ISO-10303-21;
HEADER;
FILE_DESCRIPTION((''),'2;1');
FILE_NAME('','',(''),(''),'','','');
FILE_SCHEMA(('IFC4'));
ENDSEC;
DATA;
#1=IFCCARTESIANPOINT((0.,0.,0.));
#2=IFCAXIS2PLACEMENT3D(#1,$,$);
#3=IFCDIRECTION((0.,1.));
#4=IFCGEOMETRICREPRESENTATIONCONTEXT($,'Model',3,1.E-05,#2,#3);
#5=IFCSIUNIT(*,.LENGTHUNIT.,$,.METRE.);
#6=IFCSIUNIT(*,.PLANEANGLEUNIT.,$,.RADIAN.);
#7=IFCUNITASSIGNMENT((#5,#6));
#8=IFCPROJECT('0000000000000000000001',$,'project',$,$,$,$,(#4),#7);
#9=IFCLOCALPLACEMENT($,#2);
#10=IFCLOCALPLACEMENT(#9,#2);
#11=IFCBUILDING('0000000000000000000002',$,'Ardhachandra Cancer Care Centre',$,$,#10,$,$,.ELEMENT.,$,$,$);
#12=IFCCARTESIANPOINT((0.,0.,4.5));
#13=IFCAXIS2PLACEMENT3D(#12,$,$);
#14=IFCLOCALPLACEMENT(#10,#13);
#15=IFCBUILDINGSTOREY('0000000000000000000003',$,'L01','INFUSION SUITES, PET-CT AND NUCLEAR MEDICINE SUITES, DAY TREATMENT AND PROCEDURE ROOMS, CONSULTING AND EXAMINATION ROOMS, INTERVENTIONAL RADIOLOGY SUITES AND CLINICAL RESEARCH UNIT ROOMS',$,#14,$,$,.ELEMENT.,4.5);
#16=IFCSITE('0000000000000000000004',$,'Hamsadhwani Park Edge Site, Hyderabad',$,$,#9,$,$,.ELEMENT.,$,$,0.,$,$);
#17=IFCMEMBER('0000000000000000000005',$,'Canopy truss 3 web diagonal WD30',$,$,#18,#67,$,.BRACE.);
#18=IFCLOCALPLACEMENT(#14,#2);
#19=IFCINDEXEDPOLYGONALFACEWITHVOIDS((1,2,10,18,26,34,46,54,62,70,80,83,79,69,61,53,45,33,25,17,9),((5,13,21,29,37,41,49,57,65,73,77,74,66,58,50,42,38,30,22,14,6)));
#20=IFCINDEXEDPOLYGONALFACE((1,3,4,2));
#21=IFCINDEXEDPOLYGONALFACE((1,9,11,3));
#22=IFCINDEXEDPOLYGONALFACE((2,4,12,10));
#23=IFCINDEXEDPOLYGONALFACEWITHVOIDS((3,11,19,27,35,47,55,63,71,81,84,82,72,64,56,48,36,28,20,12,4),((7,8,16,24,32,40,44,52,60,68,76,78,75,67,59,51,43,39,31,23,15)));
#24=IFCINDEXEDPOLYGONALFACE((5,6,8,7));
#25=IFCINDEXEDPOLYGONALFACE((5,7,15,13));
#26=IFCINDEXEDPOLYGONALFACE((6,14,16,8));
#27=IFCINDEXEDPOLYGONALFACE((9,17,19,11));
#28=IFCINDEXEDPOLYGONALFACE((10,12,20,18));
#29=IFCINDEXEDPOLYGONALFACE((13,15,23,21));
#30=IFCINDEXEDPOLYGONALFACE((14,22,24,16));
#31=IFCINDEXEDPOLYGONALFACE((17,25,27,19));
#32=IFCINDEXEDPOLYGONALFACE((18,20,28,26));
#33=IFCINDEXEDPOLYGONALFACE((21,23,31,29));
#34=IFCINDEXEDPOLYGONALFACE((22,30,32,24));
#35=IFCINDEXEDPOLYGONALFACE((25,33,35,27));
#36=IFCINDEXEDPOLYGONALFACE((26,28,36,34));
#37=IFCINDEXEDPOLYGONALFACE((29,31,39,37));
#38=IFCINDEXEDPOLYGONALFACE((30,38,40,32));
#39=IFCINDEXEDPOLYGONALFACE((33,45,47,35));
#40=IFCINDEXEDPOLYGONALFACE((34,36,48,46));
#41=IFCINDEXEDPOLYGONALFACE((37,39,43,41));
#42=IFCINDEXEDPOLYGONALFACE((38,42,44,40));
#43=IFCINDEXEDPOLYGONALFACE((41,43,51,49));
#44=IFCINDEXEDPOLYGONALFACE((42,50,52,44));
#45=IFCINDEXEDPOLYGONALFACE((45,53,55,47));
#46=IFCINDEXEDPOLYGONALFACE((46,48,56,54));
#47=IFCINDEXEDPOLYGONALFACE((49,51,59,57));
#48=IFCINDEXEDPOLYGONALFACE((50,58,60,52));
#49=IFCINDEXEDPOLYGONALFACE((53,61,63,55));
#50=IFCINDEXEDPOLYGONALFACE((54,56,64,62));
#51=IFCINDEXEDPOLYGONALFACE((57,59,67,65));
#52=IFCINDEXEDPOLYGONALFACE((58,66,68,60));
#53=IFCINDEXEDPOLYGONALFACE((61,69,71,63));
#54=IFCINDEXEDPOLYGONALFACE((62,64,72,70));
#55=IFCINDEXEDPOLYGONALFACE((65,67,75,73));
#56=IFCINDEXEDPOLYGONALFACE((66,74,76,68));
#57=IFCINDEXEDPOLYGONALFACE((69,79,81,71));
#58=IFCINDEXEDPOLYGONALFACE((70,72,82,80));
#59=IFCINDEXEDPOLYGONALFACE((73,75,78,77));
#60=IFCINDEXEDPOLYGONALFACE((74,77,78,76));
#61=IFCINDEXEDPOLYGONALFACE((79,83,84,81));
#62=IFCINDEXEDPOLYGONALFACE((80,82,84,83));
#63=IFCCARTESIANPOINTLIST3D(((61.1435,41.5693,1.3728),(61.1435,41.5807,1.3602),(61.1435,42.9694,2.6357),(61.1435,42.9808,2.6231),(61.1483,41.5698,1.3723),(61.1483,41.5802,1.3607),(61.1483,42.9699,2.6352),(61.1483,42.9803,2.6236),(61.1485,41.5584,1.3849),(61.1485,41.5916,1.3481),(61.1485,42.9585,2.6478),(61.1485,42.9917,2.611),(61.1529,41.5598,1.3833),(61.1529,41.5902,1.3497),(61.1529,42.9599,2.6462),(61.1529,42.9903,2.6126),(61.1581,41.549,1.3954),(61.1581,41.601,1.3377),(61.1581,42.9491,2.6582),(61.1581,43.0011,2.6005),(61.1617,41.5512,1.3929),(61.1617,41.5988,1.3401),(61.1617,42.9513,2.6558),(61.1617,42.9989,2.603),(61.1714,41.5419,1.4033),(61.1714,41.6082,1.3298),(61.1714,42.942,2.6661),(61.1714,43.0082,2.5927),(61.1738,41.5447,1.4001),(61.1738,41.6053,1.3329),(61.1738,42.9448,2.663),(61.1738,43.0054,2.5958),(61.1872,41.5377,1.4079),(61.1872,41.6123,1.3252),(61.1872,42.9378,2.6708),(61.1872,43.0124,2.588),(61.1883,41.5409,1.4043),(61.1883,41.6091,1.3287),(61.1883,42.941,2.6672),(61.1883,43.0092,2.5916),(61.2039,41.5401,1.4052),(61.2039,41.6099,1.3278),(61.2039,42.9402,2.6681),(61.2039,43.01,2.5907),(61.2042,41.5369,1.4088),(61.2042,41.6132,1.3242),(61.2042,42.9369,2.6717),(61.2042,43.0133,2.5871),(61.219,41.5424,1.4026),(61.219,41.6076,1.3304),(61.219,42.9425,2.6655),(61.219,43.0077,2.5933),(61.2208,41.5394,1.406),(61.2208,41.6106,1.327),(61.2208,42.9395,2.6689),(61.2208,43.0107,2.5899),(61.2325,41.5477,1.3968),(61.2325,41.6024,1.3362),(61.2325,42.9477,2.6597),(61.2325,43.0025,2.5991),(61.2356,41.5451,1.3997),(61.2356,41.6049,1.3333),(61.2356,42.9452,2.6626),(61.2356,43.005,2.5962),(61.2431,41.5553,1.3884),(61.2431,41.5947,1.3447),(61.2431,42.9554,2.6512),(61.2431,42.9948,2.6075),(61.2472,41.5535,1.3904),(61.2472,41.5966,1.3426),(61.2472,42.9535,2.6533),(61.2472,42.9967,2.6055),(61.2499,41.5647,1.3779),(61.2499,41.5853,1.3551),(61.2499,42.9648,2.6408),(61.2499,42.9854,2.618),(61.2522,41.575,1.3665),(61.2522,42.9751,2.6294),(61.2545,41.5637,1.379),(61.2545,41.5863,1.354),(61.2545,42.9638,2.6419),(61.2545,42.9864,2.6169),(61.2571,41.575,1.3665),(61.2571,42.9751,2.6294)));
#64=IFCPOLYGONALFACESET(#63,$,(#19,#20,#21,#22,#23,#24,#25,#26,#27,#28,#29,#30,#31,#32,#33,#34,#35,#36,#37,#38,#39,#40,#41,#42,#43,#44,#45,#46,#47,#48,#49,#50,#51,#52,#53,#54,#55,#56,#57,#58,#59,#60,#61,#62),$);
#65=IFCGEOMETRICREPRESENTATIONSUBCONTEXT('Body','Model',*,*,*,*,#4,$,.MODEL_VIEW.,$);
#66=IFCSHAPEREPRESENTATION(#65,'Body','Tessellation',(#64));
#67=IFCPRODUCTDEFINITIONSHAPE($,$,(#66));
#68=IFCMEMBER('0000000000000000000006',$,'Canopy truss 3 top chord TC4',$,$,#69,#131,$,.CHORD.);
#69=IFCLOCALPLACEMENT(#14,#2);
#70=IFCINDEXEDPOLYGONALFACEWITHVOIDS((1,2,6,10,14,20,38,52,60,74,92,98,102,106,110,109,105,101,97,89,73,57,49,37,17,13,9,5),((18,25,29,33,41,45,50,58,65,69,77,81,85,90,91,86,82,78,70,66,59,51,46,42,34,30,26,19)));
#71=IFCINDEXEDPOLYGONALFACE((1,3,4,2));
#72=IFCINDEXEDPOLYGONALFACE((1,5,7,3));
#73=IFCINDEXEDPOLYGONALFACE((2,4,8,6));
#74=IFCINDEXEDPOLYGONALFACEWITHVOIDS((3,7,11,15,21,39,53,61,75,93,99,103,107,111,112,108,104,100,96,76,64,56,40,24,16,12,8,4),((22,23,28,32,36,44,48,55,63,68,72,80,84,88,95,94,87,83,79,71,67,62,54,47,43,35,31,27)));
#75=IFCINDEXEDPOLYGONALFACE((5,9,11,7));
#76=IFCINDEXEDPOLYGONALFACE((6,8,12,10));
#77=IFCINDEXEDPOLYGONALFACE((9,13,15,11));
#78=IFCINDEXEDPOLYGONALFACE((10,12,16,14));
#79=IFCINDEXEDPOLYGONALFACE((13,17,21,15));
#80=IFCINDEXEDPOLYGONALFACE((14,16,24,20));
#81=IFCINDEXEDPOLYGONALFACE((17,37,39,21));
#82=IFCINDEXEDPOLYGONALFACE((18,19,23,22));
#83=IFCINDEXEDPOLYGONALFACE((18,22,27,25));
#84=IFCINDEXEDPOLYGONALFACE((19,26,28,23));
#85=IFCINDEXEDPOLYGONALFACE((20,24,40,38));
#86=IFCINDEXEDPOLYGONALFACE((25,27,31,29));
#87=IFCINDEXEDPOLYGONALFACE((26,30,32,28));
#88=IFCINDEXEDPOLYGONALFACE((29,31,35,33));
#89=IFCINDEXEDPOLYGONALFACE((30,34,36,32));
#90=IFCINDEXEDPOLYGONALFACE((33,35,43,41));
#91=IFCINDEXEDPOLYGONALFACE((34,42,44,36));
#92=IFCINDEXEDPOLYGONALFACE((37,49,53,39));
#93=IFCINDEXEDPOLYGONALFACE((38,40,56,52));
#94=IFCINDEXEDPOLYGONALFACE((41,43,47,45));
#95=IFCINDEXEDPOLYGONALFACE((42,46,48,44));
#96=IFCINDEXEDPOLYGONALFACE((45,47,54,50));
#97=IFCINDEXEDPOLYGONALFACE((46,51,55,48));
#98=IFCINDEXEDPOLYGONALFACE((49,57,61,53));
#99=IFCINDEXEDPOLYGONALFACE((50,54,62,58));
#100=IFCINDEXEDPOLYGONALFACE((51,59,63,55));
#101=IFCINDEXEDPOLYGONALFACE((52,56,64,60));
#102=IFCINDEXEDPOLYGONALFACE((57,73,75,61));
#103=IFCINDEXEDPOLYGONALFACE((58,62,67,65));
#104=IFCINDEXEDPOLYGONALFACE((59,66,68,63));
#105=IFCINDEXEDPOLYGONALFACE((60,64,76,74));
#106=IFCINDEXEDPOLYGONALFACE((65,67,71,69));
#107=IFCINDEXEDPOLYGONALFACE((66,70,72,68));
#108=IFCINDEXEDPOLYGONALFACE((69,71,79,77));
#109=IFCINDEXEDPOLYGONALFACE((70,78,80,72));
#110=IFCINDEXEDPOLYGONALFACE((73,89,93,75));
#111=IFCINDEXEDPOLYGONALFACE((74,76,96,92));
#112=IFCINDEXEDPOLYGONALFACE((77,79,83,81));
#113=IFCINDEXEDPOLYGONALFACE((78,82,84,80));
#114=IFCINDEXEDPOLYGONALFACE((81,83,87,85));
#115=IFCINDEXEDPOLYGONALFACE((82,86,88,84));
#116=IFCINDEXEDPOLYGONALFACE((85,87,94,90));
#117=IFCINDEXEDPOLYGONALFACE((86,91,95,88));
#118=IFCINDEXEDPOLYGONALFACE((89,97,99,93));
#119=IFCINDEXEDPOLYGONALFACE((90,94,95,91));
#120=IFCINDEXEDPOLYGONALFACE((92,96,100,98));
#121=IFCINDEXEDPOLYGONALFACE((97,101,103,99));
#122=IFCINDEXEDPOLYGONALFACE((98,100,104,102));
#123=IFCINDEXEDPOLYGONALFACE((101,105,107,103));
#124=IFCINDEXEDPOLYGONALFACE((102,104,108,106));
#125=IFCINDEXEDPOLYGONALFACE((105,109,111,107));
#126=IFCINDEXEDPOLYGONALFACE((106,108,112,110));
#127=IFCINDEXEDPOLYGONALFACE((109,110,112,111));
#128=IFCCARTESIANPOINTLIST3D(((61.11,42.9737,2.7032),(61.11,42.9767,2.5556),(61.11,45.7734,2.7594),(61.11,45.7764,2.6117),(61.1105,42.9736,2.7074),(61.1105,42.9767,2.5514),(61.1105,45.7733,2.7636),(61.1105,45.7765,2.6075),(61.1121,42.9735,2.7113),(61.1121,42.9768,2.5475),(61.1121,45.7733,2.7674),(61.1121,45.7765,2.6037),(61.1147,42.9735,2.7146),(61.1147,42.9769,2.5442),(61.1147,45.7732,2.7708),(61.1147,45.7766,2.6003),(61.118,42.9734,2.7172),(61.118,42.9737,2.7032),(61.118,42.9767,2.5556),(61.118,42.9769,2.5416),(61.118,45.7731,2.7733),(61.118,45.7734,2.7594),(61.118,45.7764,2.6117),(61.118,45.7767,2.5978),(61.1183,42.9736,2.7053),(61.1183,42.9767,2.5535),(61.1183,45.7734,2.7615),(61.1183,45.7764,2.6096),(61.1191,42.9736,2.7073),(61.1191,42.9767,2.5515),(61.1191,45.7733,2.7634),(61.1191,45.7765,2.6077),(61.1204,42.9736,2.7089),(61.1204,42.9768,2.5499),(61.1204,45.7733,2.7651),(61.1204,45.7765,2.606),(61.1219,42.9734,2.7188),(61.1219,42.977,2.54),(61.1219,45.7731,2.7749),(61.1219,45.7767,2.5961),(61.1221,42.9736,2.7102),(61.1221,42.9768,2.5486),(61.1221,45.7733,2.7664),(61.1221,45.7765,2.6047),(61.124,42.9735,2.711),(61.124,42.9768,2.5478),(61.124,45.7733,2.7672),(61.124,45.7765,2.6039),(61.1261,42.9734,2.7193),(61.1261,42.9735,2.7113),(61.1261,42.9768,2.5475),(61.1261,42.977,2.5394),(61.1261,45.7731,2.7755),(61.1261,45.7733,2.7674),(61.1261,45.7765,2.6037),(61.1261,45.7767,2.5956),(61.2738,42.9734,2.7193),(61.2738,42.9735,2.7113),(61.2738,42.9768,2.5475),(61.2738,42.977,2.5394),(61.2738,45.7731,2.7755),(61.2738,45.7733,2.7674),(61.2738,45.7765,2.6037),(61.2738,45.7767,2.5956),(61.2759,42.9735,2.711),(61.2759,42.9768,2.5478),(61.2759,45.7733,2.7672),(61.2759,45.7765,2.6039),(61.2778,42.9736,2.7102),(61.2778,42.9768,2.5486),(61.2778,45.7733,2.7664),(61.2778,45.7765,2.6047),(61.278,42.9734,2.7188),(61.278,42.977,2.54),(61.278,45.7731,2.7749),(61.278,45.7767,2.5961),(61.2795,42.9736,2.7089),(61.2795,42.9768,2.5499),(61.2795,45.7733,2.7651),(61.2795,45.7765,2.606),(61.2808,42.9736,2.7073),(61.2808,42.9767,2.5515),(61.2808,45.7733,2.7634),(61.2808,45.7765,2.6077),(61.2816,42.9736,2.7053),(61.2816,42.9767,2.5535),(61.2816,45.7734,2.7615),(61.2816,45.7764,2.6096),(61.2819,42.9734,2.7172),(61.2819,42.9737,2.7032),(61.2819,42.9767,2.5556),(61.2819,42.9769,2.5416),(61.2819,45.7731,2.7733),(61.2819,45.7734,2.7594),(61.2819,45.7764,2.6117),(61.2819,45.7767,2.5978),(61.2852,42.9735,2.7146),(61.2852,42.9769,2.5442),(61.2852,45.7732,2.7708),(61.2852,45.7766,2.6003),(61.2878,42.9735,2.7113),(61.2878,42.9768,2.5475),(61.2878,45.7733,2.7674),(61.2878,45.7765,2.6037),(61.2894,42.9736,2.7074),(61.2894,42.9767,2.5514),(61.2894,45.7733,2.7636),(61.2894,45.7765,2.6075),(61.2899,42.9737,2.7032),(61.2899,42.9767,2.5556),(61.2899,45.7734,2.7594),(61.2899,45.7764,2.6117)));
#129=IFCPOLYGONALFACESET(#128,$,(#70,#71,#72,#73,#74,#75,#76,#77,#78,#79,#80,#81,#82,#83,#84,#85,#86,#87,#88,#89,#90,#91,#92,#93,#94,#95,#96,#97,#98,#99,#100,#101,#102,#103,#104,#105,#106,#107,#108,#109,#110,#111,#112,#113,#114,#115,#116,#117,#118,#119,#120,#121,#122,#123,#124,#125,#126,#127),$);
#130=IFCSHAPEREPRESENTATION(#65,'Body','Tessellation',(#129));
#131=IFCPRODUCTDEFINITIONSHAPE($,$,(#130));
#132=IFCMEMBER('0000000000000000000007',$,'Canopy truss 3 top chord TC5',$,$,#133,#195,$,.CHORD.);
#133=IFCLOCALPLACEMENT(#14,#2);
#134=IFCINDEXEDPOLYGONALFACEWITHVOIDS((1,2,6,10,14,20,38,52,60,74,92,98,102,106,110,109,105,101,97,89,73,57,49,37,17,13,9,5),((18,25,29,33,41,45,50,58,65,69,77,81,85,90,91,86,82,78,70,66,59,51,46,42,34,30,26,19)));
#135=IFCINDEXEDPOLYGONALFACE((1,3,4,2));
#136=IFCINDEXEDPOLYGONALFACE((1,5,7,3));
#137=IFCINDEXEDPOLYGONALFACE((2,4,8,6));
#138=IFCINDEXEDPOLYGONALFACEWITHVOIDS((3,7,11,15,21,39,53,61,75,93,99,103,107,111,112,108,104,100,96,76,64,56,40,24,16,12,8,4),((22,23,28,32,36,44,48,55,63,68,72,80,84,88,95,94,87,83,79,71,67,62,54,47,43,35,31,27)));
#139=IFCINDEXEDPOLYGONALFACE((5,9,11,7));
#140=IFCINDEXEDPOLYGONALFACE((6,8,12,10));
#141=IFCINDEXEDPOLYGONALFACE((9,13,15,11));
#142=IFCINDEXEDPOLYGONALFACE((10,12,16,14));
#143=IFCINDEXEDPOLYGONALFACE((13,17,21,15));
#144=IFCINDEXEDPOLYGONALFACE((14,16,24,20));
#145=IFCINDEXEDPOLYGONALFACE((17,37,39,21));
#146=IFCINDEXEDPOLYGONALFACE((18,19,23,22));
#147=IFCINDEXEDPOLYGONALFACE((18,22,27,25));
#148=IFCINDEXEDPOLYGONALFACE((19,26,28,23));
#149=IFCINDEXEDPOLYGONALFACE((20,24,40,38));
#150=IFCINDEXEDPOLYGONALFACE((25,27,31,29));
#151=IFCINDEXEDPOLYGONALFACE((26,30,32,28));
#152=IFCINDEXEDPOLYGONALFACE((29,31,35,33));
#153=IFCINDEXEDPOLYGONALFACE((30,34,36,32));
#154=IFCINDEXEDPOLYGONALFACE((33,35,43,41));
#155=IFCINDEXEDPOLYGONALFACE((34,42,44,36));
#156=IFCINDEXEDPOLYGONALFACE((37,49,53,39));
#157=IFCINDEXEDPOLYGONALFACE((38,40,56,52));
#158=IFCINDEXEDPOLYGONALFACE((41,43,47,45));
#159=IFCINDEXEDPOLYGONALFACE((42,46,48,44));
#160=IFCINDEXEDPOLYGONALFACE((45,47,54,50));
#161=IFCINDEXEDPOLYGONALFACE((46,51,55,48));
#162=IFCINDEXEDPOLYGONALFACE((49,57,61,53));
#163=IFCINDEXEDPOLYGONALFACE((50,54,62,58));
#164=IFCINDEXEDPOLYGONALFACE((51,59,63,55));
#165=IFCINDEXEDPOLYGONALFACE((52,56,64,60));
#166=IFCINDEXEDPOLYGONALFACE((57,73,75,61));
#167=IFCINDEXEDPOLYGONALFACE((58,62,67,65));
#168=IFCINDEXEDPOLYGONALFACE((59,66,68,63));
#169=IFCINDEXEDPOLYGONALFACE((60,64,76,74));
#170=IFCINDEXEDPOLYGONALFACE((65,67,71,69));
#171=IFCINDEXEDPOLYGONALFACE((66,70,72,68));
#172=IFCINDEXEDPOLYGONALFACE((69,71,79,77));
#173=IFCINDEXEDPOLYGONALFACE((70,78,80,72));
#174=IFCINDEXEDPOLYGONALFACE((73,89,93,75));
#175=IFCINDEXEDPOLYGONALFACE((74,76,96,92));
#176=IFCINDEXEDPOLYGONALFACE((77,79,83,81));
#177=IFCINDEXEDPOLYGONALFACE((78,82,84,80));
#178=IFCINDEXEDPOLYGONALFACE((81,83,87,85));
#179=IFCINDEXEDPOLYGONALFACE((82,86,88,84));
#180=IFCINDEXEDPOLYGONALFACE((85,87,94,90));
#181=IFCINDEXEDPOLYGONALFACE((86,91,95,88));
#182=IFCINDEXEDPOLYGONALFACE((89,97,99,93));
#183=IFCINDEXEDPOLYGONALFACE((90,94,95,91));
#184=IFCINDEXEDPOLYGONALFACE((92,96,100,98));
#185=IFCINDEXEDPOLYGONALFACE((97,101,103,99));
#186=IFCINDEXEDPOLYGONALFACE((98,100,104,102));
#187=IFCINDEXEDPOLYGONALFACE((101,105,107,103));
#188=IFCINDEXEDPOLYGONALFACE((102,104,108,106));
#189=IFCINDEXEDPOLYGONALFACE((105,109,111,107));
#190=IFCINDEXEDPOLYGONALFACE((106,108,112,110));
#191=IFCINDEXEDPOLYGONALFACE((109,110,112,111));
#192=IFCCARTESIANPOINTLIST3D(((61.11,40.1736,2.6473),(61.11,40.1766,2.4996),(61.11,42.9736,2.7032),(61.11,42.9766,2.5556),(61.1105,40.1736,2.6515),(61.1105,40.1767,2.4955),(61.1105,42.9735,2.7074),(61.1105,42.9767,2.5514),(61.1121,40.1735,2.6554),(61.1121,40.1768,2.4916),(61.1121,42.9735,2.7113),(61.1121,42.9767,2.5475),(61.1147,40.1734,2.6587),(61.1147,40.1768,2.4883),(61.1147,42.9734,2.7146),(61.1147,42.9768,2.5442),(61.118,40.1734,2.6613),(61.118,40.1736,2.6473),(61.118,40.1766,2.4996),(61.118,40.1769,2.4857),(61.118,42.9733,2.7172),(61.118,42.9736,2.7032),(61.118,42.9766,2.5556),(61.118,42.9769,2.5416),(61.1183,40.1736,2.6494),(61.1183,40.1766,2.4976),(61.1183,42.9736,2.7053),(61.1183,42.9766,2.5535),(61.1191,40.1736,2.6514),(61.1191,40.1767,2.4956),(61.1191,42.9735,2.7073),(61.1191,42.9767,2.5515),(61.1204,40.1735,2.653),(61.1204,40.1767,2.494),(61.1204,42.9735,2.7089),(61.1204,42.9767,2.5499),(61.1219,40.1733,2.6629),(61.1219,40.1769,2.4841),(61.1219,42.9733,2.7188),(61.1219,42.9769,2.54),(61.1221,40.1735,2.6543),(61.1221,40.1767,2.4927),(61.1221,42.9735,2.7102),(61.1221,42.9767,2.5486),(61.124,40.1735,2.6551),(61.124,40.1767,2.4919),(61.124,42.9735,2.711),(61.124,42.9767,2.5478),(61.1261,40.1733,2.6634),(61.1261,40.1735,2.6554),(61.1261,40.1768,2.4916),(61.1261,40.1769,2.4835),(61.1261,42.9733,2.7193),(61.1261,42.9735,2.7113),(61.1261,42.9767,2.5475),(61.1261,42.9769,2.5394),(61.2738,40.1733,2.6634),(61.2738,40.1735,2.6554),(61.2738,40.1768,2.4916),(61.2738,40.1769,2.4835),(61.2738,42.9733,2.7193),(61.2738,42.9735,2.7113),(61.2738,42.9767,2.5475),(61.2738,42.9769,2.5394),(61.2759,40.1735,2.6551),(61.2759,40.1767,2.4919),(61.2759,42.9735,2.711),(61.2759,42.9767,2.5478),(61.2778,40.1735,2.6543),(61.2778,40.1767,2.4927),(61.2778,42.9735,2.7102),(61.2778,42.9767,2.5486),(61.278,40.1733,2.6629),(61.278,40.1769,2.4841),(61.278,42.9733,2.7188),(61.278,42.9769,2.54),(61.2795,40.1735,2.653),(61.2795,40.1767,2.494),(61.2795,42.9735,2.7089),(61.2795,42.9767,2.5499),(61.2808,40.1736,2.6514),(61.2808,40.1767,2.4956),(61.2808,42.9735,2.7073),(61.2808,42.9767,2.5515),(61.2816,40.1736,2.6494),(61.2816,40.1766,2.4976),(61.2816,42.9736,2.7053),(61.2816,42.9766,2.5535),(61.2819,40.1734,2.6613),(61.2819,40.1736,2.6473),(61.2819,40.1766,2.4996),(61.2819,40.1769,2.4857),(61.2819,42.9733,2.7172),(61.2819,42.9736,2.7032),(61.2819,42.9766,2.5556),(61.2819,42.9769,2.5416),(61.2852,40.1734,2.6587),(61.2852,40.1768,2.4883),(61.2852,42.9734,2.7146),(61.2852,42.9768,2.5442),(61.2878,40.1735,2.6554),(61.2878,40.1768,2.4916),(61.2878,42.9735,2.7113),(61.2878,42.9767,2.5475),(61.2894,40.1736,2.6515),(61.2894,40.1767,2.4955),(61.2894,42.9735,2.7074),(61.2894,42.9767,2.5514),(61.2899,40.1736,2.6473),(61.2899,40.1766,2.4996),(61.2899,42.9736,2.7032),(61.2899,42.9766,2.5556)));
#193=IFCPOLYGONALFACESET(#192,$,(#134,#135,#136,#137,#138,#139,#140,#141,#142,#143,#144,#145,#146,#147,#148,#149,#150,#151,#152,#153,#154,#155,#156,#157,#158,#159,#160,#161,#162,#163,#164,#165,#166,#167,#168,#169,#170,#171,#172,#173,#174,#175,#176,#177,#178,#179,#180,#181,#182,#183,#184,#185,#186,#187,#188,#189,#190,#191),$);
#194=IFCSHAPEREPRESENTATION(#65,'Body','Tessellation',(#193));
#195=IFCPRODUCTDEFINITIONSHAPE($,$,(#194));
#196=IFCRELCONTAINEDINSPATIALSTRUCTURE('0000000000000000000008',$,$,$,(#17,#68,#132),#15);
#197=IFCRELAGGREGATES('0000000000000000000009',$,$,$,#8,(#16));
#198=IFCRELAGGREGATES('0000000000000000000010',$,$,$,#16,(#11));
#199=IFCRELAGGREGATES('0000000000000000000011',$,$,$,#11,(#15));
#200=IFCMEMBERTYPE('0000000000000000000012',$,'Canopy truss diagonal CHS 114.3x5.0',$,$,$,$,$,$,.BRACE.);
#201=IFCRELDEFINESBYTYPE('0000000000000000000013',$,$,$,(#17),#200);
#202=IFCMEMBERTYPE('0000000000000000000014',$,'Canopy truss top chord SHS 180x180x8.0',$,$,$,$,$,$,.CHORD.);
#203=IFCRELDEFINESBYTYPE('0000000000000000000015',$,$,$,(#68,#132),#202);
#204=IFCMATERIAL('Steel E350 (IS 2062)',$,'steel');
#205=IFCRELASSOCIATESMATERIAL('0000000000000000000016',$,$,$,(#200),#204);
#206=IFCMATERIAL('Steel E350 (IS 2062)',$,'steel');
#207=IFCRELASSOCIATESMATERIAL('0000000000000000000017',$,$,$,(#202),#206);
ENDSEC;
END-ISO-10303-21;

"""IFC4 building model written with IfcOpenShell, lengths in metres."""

from ifc_helpers import new_model, si_unit, direction, frame, origin, origin_2d, place, context, subcontext, project, spatial, hollow_rectangle, hollow_circle, extrude, material, material_profile, profile_set, type_object, element, save


model = new_model("IFC4")

# Units and contexts
model_context = context("Model", 3, precision=1e-05, world=origin(), true_north=direction((0.0, 1.0)))
body_context = subcontext(model_context, "Body", "Model", "MODEL_VIEW")
ifc_project = project(units=[si_unit("LENGTHUNIT", "METRE"), si_unit("PLANEANGLEUNIT", "RADIAN")], contexts=[model_context])

# Site, building, storey
site_placement = place(None, origin())
site = spatial("IfcSite", under=ifc_project, at=site_placement, Name="Hamsadhwani Park Edge Site, Hyderabad", CompositionType="ELEMENT", RefElevation=0.0)
building_placement = place(site_placement, origin())
building = spatial("IfcBuilding", under=site, at=building_placement, Name="Ardhachandra Cancer Care Centre", CompositionType="ELEMENT")
storey_placement = place(building_placement, frame((0.0, 0.0, 4.5)))
storey = spatial("IfcBuildingStorey", under=building, at=storey_placement, Name="L01", Description="INFUSION SUITES, PET-CT AND NUCLEAR MEDICINE SUITES, DAY TREATMENT AND PROCEDURE ROOMS, CONSULTING AND EXAMINATION ROOMS, INTERVENTIONAL RADIOLOGY SUITES AND CLINICAL RESEARCH UNIT ROOMS", CompositionType="ELEMENT", Elevation=4.5)

# Members
ifc_material_1 = material(Name="Steel E350 (IS 2062)", Category="steel")
ifc_material_profile_1 = material_profile(ifc_material_1, hollow_circle(Radius=0.0571, WallThickness=0.0049, at=origin_2d()), Name="CHS 114.3x5.0")
ifc_profile_set_1 = profile_set([ifc_material_profile_1], Name="Steel E350 (IS 2062)")
member_type_1 = type_object("IfcMemberType", Name="Canopy truss diagonal CHS 114.3x5.0", PredefinedType="BRACE", material=ifc_profile_set_1)
member_1_placement = place(storey_placement, frame((61.2, 42.9751, 2.6294), z_axis=(0.0, -0.742553, -0.669787), x_axis=(1.0, 0.0, 0.0)))
element("IfcMember", 1, at=member_1_placement, inside=storey, type_object=member_type_1, Name="Canopy truss 3 web diagonal WD30", PredefinedType="BRACE", context=body_context, shape_type="SweptSolid", body=[
    extrude(hollow_circle(Radius=0.0571, WallThickness=0.0049, at=origin_2d()), origin(), (0.0, 0.0, 1.0), 1.8855),
])
ifc_material_2 = material(Name="Steel E350 (IS 2062)", Category="steel")
ifc_material_profile_2 = material_profile(ifc_material_2, hollow_rectangle(XDim=0.1799, YDim=0.1799, WallThickness=0.0081, InnerFilletRadius=0.0081, OuterFilletRadius=0.0161, at=origin_2d()), Name="SHS 180x180x8.0")
ifc_profile_set_2 = profile_set([ifc_material_profile_2], Name="Steel E350 (IS 2062)")
member_type_2 = type_object("IfcMemberType", Name="Canopy truss top chord SHS 180x180x8.0", PredefinedType="CHORD", material=ifc_profile_set_2)
member_2_placement = place(storey_placement, frame((61.2, 45.7749, 2.6855), z_axis=(0.0, -0.999799, -0.020052), x_axis=(1.0, 0.0, 0.0)))
element("IfcMember", 2, at=member_2_placement, inside=storey, type_object=member_type_2, Name="Canopy truss 3 top chord TC4", PredefinedType="CHORD", context=body_context, shape_type="SweptSolid", body=[
    extrude(hollow_rectangle(XDim=0.1799, YDim=0.1799, WallThickness=0.0081, InnerFilletRadius=0.0081, OuterFilletRadius=0.0161, at=origin_2d()), origin(), (0.0, 0.0, 1.0), 2.8003),
])
member_3_placement = place(storey_placement, frame((61.2, 42.9751, 2.6294), z_axis=(0.0, -0.999801, -0.019963), x_axis=(1.0, 0.0, 0.0)))
element("IfcMember", 3, at=member_3_placement, inside=storey, type_object=member_type_2, Name="Canopy truss 3 top chord TC5", PredefinedType="CHORD", context=body_context, shape_type="SweptSolid", body=[
    extrude(hollow_rectangle(XDim=0.1799, YDim=0.1799, WallThickness=0.0081, InnerFilletRadius=0.0081, OuterFilletRadius=0.0161, at=origin_2d()), origin(), (0.0, 0.0, 1.0), 2.8005),
])

save(model, "model.ifc")
